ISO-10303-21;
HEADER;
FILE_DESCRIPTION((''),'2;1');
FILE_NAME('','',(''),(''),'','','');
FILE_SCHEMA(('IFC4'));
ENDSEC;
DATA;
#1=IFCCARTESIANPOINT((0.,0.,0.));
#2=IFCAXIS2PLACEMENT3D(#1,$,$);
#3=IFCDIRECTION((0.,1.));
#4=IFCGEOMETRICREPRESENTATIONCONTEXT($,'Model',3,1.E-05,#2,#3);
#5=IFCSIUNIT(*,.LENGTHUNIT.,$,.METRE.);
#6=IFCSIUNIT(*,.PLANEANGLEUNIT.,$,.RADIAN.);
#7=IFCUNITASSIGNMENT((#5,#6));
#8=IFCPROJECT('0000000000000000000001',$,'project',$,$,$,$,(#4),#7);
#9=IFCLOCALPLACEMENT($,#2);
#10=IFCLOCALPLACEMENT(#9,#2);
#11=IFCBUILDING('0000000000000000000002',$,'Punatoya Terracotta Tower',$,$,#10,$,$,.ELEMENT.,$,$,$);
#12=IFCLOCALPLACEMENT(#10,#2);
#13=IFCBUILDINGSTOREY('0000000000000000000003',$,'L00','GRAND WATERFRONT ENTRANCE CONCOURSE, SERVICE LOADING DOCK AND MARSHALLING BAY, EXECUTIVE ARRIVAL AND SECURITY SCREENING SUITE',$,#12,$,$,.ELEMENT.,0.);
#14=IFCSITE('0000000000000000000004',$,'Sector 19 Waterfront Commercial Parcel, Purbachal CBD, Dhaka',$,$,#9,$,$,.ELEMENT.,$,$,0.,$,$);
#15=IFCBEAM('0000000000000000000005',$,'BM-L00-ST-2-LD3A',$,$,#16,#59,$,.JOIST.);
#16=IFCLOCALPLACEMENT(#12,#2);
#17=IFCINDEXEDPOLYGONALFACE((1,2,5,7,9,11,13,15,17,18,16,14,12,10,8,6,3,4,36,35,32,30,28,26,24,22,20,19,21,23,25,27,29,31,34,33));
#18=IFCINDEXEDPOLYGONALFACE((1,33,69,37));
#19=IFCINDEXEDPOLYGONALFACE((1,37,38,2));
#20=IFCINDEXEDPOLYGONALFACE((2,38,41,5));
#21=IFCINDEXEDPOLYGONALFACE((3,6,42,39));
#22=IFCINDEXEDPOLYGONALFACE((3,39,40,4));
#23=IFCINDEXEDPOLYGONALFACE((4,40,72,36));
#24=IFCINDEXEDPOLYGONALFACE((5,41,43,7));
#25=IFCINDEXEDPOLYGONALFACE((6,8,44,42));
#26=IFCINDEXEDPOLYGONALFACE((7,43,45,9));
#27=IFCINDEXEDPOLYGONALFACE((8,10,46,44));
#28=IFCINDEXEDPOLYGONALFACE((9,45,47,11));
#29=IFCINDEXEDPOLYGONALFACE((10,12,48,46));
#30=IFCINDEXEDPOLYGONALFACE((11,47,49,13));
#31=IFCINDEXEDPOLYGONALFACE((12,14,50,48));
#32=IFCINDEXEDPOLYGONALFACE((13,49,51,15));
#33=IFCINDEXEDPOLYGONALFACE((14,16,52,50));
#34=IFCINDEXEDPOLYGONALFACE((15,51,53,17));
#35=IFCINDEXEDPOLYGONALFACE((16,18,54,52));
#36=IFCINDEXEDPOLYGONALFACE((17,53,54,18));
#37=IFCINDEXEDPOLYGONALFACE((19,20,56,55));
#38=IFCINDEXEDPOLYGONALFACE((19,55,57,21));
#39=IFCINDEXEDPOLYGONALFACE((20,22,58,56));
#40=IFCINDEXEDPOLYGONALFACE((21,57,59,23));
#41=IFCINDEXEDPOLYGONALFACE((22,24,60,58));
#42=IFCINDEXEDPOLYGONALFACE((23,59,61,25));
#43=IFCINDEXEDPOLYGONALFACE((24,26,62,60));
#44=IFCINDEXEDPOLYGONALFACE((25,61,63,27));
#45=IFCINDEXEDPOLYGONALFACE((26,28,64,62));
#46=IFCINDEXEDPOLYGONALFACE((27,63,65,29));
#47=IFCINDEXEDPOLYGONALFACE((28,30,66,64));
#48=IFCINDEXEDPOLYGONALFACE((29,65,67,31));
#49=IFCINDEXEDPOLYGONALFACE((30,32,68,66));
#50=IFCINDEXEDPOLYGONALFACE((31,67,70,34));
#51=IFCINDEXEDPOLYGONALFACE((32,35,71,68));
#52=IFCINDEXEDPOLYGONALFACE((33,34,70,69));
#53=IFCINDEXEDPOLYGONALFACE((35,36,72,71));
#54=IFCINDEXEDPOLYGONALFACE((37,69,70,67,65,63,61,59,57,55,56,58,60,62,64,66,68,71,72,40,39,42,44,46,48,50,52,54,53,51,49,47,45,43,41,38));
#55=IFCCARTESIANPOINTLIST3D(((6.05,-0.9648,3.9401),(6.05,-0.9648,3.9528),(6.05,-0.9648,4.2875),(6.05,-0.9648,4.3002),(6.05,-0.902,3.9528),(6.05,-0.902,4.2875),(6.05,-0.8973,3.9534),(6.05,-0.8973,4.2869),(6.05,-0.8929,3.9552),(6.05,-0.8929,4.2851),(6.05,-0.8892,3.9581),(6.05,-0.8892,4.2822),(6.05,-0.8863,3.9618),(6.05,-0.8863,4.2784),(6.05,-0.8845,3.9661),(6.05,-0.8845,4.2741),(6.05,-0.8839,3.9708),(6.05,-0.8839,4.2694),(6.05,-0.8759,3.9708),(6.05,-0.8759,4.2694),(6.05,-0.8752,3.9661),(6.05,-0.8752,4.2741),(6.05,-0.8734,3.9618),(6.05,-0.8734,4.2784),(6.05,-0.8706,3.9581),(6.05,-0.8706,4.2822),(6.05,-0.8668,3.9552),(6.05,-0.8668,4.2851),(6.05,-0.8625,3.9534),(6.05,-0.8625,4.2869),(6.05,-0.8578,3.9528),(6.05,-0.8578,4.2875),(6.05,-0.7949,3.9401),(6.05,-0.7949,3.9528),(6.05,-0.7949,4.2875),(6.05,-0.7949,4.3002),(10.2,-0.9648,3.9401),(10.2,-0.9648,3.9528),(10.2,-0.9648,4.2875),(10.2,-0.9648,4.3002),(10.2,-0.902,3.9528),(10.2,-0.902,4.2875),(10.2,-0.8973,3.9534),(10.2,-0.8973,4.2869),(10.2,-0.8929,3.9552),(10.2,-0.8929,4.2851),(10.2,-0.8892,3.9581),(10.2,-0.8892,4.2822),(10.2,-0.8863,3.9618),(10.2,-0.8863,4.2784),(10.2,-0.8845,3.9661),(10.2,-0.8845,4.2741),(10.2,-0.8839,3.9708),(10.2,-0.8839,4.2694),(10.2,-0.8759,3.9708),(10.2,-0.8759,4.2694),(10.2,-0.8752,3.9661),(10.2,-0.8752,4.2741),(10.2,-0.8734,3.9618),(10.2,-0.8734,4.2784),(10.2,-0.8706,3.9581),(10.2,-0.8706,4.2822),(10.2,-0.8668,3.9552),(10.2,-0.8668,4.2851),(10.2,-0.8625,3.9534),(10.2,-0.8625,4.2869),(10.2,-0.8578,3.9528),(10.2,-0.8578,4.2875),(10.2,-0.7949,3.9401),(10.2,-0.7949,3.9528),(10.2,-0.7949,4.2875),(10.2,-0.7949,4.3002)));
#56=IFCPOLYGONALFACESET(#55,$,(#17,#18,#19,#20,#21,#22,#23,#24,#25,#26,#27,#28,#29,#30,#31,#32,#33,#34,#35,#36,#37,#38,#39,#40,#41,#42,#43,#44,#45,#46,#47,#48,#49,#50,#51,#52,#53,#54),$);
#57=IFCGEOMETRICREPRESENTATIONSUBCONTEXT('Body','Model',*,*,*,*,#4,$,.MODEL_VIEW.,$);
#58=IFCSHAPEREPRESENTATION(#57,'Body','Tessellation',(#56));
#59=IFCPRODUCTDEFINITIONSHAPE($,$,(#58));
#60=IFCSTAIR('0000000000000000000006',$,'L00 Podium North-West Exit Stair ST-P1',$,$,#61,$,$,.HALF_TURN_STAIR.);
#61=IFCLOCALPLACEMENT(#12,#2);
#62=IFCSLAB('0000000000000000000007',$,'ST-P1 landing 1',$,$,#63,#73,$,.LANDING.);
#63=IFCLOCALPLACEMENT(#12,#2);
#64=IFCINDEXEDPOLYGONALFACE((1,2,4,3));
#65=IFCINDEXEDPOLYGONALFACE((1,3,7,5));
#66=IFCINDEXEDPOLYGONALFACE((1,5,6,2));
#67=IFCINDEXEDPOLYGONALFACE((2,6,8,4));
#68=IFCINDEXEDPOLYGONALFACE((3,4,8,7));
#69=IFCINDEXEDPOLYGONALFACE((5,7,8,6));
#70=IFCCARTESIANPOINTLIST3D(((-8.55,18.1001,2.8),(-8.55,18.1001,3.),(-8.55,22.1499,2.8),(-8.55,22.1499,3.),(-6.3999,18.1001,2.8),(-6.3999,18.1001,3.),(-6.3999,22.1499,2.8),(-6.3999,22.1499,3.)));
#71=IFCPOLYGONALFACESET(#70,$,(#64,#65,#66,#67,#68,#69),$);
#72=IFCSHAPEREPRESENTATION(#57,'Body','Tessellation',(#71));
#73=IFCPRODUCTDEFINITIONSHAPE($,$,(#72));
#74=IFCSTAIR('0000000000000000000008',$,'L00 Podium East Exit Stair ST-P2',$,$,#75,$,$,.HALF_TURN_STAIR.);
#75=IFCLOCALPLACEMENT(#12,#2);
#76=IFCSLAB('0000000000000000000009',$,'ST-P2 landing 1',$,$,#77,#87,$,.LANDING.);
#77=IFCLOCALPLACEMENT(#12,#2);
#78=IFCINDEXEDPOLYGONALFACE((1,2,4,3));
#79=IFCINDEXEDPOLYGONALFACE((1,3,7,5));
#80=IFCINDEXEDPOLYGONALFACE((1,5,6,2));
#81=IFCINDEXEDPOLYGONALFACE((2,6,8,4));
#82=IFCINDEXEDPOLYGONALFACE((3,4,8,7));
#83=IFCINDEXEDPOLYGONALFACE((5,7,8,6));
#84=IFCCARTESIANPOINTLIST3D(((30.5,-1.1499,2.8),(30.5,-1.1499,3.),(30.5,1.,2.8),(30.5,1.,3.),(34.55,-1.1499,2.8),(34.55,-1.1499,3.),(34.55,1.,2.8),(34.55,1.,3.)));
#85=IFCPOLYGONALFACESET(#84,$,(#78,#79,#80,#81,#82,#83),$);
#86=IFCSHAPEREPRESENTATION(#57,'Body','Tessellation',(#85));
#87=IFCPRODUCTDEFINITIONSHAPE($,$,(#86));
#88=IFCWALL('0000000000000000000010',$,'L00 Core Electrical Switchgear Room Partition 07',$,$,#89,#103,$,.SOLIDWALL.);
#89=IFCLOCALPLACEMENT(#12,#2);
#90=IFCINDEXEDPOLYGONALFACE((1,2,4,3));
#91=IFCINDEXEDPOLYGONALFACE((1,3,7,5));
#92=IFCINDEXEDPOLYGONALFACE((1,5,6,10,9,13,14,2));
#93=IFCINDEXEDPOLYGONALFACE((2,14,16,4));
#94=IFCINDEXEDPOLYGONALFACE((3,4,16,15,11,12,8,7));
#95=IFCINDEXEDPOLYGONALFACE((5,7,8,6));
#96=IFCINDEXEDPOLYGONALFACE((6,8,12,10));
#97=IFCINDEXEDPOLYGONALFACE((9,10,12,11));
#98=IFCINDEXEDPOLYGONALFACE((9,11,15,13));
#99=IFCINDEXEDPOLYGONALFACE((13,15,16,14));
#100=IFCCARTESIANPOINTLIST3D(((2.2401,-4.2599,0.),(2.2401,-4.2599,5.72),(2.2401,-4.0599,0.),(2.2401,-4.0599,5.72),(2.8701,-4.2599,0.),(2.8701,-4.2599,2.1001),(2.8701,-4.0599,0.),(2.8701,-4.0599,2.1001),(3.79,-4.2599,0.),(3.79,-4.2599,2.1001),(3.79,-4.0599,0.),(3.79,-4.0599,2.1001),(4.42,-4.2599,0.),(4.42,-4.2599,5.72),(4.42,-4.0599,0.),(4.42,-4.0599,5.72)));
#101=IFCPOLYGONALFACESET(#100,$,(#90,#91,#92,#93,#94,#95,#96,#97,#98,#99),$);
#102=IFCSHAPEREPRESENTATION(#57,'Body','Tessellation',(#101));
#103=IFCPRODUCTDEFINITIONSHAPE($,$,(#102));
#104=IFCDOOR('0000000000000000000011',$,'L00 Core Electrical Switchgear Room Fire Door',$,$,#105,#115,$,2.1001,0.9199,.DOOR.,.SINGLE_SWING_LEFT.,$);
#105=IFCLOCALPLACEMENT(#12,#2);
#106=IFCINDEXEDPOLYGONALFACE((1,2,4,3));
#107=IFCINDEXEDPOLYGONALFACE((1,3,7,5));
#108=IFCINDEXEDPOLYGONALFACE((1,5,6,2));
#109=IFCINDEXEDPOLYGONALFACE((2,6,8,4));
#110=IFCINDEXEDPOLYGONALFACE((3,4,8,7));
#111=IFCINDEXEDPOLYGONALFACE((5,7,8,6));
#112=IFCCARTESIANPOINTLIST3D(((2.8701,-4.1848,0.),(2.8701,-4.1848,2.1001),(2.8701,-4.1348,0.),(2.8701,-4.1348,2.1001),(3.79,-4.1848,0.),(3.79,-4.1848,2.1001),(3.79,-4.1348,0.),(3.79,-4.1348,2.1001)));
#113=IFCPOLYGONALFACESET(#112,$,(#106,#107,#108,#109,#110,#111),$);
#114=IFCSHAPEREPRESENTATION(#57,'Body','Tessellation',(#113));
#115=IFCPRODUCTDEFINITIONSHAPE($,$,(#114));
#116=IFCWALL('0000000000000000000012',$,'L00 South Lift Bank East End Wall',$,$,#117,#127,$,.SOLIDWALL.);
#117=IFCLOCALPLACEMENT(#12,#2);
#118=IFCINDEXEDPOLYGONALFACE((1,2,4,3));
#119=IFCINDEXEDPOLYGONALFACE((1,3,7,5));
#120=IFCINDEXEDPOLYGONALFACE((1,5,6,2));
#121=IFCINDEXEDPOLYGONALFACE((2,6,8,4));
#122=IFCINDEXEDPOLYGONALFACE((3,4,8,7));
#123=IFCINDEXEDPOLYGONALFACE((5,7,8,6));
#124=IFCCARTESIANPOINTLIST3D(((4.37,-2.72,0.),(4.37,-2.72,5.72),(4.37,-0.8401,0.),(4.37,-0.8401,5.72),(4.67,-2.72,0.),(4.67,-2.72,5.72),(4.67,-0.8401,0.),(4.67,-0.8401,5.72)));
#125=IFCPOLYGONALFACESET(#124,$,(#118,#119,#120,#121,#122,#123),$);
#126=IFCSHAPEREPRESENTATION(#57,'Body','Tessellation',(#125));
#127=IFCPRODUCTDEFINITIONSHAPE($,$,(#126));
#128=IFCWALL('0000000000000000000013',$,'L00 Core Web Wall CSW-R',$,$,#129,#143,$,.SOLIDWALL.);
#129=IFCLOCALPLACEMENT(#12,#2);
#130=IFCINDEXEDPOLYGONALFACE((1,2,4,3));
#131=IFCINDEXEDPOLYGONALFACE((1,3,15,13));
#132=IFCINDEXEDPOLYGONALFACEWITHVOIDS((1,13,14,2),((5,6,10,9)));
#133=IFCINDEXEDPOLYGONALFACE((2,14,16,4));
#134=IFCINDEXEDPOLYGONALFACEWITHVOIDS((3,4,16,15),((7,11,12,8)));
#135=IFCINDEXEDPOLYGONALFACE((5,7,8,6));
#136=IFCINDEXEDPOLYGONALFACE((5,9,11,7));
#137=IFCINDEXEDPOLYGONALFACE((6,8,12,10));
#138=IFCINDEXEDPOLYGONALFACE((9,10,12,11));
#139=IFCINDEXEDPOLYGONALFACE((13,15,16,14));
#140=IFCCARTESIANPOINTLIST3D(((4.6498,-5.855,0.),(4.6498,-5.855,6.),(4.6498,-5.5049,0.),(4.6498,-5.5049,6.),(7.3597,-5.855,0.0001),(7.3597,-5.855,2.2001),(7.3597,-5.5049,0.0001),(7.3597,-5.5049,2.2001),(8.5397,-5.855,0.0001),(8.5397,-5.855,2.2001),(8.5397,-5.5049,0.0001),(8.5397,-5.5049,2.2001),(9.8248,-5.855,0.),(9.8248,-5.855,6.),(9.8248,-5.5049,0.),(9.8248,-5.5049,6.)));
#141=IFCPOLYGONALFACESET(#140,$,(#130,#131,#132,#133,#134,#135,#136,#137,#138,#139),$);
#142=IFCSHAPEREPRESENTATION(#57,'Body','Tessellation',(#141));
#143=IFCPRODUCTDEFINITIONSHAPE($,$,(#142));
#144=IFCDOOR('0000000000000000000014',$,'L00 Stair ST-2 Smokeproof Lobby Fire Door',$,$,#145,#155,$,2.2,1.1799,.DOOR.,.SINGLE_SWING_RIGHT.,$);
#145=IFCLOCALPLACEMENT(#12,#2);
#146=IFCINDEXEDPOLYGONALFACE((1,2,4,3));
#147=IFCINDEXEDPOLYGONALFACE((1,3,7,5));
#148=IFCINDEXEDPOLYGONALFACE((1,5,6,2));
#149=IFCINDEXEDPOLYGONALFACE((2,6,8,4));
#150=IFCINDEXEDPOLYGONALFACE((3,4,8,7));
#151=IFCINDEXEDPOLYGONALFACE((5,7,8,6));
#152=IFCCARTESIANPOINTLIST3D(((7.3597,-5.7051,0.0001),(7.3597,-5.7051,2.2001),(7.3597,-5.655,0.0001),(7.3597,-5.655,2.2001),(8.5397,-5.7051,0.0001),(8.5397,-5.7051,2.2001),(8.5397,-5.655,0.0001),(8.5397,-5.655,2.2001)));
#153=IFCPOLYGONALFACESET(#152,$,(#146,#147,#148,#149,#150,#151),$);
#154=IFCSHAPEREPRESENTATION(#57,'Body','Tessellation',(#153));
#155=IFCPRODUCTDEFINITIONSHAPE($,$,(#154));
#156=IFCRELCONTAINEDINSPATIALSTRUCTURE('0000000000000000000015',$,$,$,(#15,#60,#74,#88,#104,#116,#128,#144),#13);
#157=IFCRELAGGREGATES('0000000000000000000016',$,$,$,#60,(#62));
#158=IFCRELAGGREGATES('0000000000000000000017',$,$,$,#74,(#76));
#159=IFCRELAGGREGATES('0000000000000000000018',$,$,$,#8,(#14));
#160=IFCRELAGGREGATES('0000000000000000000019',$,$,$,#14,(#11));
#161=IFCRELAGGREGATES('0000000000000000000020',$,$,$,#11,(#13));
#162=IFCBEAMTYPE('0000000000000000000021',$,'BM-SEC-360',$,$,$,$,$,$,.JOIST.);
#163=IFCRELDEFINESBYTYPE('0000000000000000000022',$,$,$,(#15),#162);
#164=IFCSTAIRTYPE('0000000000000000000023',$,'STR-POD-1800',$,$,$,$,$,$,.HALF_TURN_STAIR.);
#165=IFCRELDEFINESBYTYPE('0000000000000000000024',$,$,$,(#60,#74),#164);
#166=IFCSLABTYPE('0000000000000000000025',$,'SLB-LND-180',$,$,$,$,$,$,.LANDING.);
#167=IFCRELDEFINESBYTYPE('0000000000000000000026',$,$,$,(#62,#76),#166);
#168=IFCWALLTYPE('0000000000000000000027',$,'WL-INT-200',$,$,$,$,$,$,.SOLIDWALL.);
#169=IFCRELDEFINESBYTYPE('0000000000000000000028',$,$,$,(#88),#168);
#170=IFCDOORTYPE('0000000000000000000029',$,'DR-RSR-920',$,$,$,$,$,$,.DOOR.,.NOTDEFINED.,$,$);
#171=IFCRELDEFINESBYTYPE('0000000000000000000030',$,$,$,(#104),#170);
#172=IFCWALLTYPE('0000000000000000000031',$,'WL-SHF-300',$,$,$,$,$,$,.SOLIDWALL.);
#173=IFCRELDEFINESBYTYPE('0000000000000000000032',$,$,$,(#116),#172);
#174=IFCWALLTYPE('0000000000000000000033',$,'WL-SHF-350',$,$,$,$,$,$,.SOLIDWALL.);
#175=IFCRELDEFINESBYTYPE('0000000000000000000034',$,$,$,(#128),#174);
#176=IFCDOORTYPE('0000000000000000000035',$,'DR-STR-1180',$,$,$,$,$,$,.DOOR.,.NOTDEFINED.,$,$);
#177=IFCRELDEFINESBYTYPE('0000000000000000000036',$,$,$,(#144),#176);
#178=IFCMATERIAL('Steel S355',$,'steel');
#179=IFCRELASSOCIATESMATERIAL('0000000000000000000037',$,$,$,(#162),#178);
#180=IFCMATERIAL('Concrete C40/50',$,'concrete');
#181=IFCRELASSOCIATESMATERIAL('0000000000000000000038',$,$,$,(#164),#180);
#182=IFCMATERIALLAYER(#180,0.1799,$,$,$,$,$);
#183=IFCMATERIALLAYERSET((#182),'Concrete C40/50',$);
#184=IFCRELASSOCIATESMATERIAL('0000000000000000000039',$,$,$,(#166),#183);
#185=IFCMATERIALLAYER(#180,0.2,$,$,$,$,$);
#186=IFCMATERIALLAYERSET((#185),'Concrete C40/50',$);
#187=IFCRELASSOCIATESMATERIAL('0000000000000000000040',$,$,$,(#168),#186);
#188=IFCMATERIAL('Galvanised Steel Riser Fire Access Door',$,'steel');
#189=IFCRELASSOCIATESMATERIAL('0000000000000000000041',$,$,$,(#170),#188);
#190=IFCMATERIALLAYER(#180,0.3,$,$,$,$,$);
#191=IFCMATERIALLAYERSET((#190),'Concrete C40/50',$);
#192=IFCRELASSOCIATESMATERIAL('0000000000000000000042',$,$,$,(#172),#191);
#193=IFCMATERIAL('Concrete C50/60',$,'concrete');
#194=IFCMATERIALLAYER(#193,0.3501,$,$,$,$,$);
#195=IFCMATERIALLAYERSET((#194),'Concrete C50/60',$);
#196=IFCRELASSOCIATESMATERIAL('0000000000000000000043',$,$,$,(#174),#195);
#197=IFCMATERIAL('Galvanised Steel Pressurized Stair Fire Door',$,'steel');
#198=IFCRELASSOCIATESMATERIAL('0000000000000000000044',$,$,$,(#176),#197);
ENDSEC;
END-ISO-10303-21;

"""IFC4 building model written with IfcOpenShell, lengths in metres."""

from ifc_helpers import new_model, si_unit, direction, frame, frame_2d, origin, origin_2d, place, context, subcontext, project, spatial, polyline, rectangle, i_section, outline, extrude, material, layer, layer_set, material_profile, profile_set, type_object, element, fill, aggregate, save


model = new_model("IFC4")

# Units and contexts
model_context = context("Model", 3, precision=1e-05, world=origin(), true_north=direction((0.0, 1.0)))
body_context = subcontext(model_context, "Body", "Model", "MODEL_VIEW")
ifc_project = project(units=[si_unit("LENGTHUNIT", "METRE"), si_unit("PLANEANGLEUNIT", "RADIAN")], contexts=[model_context])

# Site, building, storey
site_placement = place(None, origin())
site = spatial("IfcSite", under=ifc_project, at=site_placement, Name="Sector 19 Waterfront Commercial Parcel, Purbachal CBD, Dhaka", CompositionType="ELEMENT", RefElevation=0.0)
building_placement = place(site_placement, origin())
building = spatial("IfcBuilding", under=site, at=building_placement, Name="Punatoya Terracotta Tower", CompositionType="ELEMENT")
storey_placement = place(building_placement, origin())
storey = spatial("IfcBuildingStorey", under=building, at=storey_placement, Name="L00", Description="GRAND WATERFRONT ENTRANCE CONCOURSE, SERVICE LOADING DOCK AND MARSHALLING BAY, EXECUTIVE ARRIVAL AND SECURITY SCREENING SUITE", CompositionType="ELEMENT", Elevation=0.0)

# Beam
ifc_material_1 = material(Name="Steel S355", Category="steel")
ifc_material_profile_1 = material_profile(ifc_material_1, i_section(OverallWidth=0.1699, OverallDepth=0.3601, WebThickness=0.0081, FlangeThickness=0.0127, FilletRadius=0.0181, at=origin_2d()))
ifc_profile_set_1 = profile_set([ifc_material_profile_1], Name="Steel S355")
beam_type_1 = type_object("IfcBeamType", Name="BM-SEC-360", PredefinedType="JOIST", material=ifc_profile_set_1)
for number, where, z_axis, x_axis, name in (
    (1, (6.05, -0.8799, 4.1201), (1.0, 0.0, 0.0), (0.0, 1.0, 0.0), "BM-L00-ST-2-LD3A"),
):
    element("IfcBeam", number, at=place(storey_placement, frame(where, z_axis=z_axis, x_axis=x_axis)), inside=storey, type_object=beam_type_1, Name=name, PredefinedType="JOIST", context=body_context, shape_type="SweptSolid", body=[
        extrude(i_section(OverallWidth=0.1699, OverallDepth=0.3601, WebThickness=0.0081, FlangeThickness=0.0127, FilletRadius=0.0181, at=origin_2d()), origin(), (0.0, 0.0, 1.0), 4.1499),
    ])

# Stairs, slabs
ifc_material_2 = material(Name="Concrete C40/50", Category="concrete")
stair_type_1 = type_object("IfcStairType", Name="STR-POD-1800", PredefinedType="HALF_TURN_STAIR", material=ifc_material_2)
stair_1_placement = place(storey_placement, origin())
stair_1 = element("IfcStair", 2, at=stair_1_placement, inside=storey, type_object=stair_type_1, Name="L00 Podium North-West Exit Stair ST-P1", PredefinedType="HALF_TURN_STAIR")
ifc_layer_1 = layer(ifc_material_2, 0.1799)
ifc_layer_set_1 = layer_set([ifc_layer_1], Name="Concrete C40/50")
slab_type = type_object("IfcSlabType", Name="SLB-LND-180", PredefinedType="LANDING", material=ifc_layer_set_1)
slab_1_placement = place(storey_placement, frame((0.0, 0.0, 2.8)))
slab_1 = element("IfcSlab", 3, at=slab_1_placement, type_object=slab_type, Name="ST-P1 landing 1", PredefinedType="LANDING", context=body_context, shape_type="SweptSolid", body=[
    extrude(outline(polyline([(-8.55, 18.1001), (-6.3999, 18.1001), (-6.3999, 22.1499), (-8.55, 22.1499), (-8.55, 18.1001)])), origin(), (0.0, 0.0, 1.0), 0.2),
])
aggregate(stair_1, [slab_1])
stair_2_placement = place(storey_placement, origin())
stair_2 = element("IfcStair", 4, at=stair_2_placement, inside=storey, type_object=stair_type_1, Name="L00 Podium East Exit Stair ST-P2", PredefinedType="HALF_TURN_STAIR")
slab_2_placement = place(storey_placement, frame((0.0, 0.0, 2.8)))
slab_2 = element("IfcSlab", 5, at=slab_2_placement, type_object=slab_type, Name="ST-P2 landing 1", PredefinedType="LANDING", context=body_context, shape_type="SweptSolid", body=[
    extrude(outline(polyline([(34.55, -1.1499), (34.55, 1.0), (30.5, 1.0), (30.5, -1.1499), (34.55, -1.1499)])), origin(), (0.0, 0.0, 1.0), 0.2),
])
aggregate(stair_2, [slab_2])

# Wall, opening, door
ifc_layer_2 = layer(ifc_material_2, 0.2)
ifc_layer_set_2 = layer_set([ifc_layer_2], Name="Concrete C40/50")
wall_type_1 = type_object("IfcWallType", Name="WL-INT-200", PredefinedType="SOLIDWALL", material=ifc_layer_set_2)
wall_1_placement = place(storey_placement, frame((4.4199, -4.1599, 0.0), z_axis=(0.0, 0.0, 1.0), x_axis=(-1.0, 0.0, 0.0)))
wall_1 = element("IfcWall", 6, at=wall_1_placement, inside=storey, type_object=wall_type_1, Name="L00 Core Electrical Switchgear Room Partition 07", PredefinedType="SOLIDWALL", context=body_context, shape_type="SweptSolid", body=[
    extrude(rectangle(XDim=2.1799, YDim=0.2, at=frame_2d((1.0898, 0.0))), origin(), (0.0, 0.0, 1.0), 5.72),
])
opening_1_placement = place(wall_1_placement, frame((0.6299, 0.0, 0.0)))
opening_1 = element("IfcOpeningElement", 7, at=opening_1_placement, cuts=wall_1, PredefinedType="OPENING", context=body_context, shape_type="SweptSolid", body=[
    extrude(rectangle(XDim=0.9199, YDim=2.1001, at=frame_2d((0.46, 1.05))), frame((0.0, 0.1099, 0.0), z_axis=(0.0, -1.0, 0.0), x_axis=(1.0, 0.0, 0.0)), (0.0, 0.0, 1.0), 0.22),
])
ifc_material_3 = material(Name="Galvanised Steel Riser Fire Access Door", Category="steel")
door_type_1 = type_object("IfcDoorType", Name="DR-RSR-920", OperationType="NOTDEFINED", PredefinedType="DOOR", material=ifc_material_3)
door_1_placement = place(opening_1_placement, origin())
door_1 = element("IfcDoor", 8, at=door_1_placement, inside=storey, type_object=door_type_1, Name="L00 Core Electrical Switchgear Room Fire Door", OperationType="SINGLE_SWING_LEFT", OverallHeight=2.1001, OverallWidth=0.9199, PredefinedType="DOOR", context=body_context, shape_type="SweptSolid", body=[
    extrude(rectangle(XDim=0.9199, YDim=2.1001, at=frame_2d((0.46, 1.05))), frame((0.0, 0.0249, 0.0), z_axis=(0.0, -1.0, 0.0), x_axis=(1.0, 0.0, 0.0)), (0.0, 0.0, 1.0), 0.05),
])
fill(opening_1, door_1)

# Wall
ifc_layer_3 = layer(ifc_material_2, 0.3)
ifc_layer_set_3 = layer_set([ifc_layer_3], Name="Concrete C40/50")
wall_type_2 = type_object("IfcWallType", Name="WL-SHF-300", PredefinedType="SOLIDWALL", material=ifc_layer_set_3)
wall_2_placement = place(storey_placement, frame((4.52, -2.72, 0.0), z_axis=(0.0, 0.0, 1.0), x_axis=(0.0, 1.0, 0.0)))
element("IfcWall", 9, at=wall_2_placement, inside=storey, type_object=wall_type_2, Name="L00 South Lift Bank East End Wall", PredefinedType="SOLIDWALL", context=body_context, shape_type="SweptSolid", body=[
    extrude(rectangle(XDim=1.8799, YDim=0.3, at=frame_2d((0.9399, 0.0))), origin(), (0.0, 0.0, 1.0), 5.72),
])

# Wall, opening, door
ifc_material_4 = material(Name="Concrete C50/60", Category="concrete")
ifc_layer_4 = layer(ifc_material_4, 0.3501)
ifc_layer_set_4 = layer_set([ifc_layer_4], Name="Concrete C50/60")
wall_type_3 = type_object("IfcWallType", Name="WL-SHF-350", PredefinedType="SOLIDWALL", material=ifc_layer_set_4)
wall_3_placement = place(storey_placement, frame((4.6499, -5.6799, 0.0), z_axis=(0.0, 0.0, 1.0), x_axis=(1.0, 0.0, 0.0)))
wall_3 = element("IfcWall", 10, at=wall_3_placement, inside=storey, type_object=wall_type_3, Name="L00 Core Web Wall CSW-R", PredefinedType="SOLIDWALL", context=body_context, shape_type="SweptSolid", body=[
    extrude(rectangle(XDim=5.175, YDim=0.3501, at=frame_2d((2.5874, 0.0))), origin(), (0.0, 0.0, 1.0), 6.0),
])
opening_2_placement = place(wall_3_placement, frame((2.71, 0.0, 0.0)))
opening_2 = element("IfcOpeningElement", 11, at=opening_2_placement, cuts=wall_3, PredefinedType="OPENING", context=body_context, shape_type="SweptSolid", body=[
    extrude(rectangle(XDim=1.1799, YDim=2.2, at=frame_2d((0.5898, 1.1001))), frame((0.0, 0.1851, 0.0), z_axis=(0.0, -1.0, 0.0), x_axis=(1.0, 0.0, 0.0)), (0.0, 0.0, 1.0), 0.3701),
])
ifc_material_5 = material(Name="Galvanised Steel Pressurized Stair Fire Door", Category="steel")
door_type_2 = type_object("IfcDoorType", Name="DR-STR-1180", OperationType="NOTDEFINED", PredefinedType="DOOR", material=ifc_material_5)
door_2_placement = place(opening_2_placement, origin())
door_2 = element("IfcDoor", 12, at=door_2_placement, inside=storey, type_object=door_type_2, Name="L00 Stair ST-2 Smokeproof Lobby Fire Door", OperationType="SINGLE_SWING_RIGHT", OverallHeight=2.2, OverallWidth=1.1799, PredefinedType="DOOR", context=body_context, shape_type="SweptSolid", body=[
    extrude(rectangle(XDim=1.1799, YDim=2.2, at=frame_2d((0.5898, 1.1001))), frame((0.0, 0.0249, 0.0), z_axis=(0.0, -1.0, 0.0), x_axis=(1.0, 0.0, 0.0)), (0.0, 0.0, 1.0), 0.05),
])
fill(opening_2, door_2)

save(model, "model.ifc")
